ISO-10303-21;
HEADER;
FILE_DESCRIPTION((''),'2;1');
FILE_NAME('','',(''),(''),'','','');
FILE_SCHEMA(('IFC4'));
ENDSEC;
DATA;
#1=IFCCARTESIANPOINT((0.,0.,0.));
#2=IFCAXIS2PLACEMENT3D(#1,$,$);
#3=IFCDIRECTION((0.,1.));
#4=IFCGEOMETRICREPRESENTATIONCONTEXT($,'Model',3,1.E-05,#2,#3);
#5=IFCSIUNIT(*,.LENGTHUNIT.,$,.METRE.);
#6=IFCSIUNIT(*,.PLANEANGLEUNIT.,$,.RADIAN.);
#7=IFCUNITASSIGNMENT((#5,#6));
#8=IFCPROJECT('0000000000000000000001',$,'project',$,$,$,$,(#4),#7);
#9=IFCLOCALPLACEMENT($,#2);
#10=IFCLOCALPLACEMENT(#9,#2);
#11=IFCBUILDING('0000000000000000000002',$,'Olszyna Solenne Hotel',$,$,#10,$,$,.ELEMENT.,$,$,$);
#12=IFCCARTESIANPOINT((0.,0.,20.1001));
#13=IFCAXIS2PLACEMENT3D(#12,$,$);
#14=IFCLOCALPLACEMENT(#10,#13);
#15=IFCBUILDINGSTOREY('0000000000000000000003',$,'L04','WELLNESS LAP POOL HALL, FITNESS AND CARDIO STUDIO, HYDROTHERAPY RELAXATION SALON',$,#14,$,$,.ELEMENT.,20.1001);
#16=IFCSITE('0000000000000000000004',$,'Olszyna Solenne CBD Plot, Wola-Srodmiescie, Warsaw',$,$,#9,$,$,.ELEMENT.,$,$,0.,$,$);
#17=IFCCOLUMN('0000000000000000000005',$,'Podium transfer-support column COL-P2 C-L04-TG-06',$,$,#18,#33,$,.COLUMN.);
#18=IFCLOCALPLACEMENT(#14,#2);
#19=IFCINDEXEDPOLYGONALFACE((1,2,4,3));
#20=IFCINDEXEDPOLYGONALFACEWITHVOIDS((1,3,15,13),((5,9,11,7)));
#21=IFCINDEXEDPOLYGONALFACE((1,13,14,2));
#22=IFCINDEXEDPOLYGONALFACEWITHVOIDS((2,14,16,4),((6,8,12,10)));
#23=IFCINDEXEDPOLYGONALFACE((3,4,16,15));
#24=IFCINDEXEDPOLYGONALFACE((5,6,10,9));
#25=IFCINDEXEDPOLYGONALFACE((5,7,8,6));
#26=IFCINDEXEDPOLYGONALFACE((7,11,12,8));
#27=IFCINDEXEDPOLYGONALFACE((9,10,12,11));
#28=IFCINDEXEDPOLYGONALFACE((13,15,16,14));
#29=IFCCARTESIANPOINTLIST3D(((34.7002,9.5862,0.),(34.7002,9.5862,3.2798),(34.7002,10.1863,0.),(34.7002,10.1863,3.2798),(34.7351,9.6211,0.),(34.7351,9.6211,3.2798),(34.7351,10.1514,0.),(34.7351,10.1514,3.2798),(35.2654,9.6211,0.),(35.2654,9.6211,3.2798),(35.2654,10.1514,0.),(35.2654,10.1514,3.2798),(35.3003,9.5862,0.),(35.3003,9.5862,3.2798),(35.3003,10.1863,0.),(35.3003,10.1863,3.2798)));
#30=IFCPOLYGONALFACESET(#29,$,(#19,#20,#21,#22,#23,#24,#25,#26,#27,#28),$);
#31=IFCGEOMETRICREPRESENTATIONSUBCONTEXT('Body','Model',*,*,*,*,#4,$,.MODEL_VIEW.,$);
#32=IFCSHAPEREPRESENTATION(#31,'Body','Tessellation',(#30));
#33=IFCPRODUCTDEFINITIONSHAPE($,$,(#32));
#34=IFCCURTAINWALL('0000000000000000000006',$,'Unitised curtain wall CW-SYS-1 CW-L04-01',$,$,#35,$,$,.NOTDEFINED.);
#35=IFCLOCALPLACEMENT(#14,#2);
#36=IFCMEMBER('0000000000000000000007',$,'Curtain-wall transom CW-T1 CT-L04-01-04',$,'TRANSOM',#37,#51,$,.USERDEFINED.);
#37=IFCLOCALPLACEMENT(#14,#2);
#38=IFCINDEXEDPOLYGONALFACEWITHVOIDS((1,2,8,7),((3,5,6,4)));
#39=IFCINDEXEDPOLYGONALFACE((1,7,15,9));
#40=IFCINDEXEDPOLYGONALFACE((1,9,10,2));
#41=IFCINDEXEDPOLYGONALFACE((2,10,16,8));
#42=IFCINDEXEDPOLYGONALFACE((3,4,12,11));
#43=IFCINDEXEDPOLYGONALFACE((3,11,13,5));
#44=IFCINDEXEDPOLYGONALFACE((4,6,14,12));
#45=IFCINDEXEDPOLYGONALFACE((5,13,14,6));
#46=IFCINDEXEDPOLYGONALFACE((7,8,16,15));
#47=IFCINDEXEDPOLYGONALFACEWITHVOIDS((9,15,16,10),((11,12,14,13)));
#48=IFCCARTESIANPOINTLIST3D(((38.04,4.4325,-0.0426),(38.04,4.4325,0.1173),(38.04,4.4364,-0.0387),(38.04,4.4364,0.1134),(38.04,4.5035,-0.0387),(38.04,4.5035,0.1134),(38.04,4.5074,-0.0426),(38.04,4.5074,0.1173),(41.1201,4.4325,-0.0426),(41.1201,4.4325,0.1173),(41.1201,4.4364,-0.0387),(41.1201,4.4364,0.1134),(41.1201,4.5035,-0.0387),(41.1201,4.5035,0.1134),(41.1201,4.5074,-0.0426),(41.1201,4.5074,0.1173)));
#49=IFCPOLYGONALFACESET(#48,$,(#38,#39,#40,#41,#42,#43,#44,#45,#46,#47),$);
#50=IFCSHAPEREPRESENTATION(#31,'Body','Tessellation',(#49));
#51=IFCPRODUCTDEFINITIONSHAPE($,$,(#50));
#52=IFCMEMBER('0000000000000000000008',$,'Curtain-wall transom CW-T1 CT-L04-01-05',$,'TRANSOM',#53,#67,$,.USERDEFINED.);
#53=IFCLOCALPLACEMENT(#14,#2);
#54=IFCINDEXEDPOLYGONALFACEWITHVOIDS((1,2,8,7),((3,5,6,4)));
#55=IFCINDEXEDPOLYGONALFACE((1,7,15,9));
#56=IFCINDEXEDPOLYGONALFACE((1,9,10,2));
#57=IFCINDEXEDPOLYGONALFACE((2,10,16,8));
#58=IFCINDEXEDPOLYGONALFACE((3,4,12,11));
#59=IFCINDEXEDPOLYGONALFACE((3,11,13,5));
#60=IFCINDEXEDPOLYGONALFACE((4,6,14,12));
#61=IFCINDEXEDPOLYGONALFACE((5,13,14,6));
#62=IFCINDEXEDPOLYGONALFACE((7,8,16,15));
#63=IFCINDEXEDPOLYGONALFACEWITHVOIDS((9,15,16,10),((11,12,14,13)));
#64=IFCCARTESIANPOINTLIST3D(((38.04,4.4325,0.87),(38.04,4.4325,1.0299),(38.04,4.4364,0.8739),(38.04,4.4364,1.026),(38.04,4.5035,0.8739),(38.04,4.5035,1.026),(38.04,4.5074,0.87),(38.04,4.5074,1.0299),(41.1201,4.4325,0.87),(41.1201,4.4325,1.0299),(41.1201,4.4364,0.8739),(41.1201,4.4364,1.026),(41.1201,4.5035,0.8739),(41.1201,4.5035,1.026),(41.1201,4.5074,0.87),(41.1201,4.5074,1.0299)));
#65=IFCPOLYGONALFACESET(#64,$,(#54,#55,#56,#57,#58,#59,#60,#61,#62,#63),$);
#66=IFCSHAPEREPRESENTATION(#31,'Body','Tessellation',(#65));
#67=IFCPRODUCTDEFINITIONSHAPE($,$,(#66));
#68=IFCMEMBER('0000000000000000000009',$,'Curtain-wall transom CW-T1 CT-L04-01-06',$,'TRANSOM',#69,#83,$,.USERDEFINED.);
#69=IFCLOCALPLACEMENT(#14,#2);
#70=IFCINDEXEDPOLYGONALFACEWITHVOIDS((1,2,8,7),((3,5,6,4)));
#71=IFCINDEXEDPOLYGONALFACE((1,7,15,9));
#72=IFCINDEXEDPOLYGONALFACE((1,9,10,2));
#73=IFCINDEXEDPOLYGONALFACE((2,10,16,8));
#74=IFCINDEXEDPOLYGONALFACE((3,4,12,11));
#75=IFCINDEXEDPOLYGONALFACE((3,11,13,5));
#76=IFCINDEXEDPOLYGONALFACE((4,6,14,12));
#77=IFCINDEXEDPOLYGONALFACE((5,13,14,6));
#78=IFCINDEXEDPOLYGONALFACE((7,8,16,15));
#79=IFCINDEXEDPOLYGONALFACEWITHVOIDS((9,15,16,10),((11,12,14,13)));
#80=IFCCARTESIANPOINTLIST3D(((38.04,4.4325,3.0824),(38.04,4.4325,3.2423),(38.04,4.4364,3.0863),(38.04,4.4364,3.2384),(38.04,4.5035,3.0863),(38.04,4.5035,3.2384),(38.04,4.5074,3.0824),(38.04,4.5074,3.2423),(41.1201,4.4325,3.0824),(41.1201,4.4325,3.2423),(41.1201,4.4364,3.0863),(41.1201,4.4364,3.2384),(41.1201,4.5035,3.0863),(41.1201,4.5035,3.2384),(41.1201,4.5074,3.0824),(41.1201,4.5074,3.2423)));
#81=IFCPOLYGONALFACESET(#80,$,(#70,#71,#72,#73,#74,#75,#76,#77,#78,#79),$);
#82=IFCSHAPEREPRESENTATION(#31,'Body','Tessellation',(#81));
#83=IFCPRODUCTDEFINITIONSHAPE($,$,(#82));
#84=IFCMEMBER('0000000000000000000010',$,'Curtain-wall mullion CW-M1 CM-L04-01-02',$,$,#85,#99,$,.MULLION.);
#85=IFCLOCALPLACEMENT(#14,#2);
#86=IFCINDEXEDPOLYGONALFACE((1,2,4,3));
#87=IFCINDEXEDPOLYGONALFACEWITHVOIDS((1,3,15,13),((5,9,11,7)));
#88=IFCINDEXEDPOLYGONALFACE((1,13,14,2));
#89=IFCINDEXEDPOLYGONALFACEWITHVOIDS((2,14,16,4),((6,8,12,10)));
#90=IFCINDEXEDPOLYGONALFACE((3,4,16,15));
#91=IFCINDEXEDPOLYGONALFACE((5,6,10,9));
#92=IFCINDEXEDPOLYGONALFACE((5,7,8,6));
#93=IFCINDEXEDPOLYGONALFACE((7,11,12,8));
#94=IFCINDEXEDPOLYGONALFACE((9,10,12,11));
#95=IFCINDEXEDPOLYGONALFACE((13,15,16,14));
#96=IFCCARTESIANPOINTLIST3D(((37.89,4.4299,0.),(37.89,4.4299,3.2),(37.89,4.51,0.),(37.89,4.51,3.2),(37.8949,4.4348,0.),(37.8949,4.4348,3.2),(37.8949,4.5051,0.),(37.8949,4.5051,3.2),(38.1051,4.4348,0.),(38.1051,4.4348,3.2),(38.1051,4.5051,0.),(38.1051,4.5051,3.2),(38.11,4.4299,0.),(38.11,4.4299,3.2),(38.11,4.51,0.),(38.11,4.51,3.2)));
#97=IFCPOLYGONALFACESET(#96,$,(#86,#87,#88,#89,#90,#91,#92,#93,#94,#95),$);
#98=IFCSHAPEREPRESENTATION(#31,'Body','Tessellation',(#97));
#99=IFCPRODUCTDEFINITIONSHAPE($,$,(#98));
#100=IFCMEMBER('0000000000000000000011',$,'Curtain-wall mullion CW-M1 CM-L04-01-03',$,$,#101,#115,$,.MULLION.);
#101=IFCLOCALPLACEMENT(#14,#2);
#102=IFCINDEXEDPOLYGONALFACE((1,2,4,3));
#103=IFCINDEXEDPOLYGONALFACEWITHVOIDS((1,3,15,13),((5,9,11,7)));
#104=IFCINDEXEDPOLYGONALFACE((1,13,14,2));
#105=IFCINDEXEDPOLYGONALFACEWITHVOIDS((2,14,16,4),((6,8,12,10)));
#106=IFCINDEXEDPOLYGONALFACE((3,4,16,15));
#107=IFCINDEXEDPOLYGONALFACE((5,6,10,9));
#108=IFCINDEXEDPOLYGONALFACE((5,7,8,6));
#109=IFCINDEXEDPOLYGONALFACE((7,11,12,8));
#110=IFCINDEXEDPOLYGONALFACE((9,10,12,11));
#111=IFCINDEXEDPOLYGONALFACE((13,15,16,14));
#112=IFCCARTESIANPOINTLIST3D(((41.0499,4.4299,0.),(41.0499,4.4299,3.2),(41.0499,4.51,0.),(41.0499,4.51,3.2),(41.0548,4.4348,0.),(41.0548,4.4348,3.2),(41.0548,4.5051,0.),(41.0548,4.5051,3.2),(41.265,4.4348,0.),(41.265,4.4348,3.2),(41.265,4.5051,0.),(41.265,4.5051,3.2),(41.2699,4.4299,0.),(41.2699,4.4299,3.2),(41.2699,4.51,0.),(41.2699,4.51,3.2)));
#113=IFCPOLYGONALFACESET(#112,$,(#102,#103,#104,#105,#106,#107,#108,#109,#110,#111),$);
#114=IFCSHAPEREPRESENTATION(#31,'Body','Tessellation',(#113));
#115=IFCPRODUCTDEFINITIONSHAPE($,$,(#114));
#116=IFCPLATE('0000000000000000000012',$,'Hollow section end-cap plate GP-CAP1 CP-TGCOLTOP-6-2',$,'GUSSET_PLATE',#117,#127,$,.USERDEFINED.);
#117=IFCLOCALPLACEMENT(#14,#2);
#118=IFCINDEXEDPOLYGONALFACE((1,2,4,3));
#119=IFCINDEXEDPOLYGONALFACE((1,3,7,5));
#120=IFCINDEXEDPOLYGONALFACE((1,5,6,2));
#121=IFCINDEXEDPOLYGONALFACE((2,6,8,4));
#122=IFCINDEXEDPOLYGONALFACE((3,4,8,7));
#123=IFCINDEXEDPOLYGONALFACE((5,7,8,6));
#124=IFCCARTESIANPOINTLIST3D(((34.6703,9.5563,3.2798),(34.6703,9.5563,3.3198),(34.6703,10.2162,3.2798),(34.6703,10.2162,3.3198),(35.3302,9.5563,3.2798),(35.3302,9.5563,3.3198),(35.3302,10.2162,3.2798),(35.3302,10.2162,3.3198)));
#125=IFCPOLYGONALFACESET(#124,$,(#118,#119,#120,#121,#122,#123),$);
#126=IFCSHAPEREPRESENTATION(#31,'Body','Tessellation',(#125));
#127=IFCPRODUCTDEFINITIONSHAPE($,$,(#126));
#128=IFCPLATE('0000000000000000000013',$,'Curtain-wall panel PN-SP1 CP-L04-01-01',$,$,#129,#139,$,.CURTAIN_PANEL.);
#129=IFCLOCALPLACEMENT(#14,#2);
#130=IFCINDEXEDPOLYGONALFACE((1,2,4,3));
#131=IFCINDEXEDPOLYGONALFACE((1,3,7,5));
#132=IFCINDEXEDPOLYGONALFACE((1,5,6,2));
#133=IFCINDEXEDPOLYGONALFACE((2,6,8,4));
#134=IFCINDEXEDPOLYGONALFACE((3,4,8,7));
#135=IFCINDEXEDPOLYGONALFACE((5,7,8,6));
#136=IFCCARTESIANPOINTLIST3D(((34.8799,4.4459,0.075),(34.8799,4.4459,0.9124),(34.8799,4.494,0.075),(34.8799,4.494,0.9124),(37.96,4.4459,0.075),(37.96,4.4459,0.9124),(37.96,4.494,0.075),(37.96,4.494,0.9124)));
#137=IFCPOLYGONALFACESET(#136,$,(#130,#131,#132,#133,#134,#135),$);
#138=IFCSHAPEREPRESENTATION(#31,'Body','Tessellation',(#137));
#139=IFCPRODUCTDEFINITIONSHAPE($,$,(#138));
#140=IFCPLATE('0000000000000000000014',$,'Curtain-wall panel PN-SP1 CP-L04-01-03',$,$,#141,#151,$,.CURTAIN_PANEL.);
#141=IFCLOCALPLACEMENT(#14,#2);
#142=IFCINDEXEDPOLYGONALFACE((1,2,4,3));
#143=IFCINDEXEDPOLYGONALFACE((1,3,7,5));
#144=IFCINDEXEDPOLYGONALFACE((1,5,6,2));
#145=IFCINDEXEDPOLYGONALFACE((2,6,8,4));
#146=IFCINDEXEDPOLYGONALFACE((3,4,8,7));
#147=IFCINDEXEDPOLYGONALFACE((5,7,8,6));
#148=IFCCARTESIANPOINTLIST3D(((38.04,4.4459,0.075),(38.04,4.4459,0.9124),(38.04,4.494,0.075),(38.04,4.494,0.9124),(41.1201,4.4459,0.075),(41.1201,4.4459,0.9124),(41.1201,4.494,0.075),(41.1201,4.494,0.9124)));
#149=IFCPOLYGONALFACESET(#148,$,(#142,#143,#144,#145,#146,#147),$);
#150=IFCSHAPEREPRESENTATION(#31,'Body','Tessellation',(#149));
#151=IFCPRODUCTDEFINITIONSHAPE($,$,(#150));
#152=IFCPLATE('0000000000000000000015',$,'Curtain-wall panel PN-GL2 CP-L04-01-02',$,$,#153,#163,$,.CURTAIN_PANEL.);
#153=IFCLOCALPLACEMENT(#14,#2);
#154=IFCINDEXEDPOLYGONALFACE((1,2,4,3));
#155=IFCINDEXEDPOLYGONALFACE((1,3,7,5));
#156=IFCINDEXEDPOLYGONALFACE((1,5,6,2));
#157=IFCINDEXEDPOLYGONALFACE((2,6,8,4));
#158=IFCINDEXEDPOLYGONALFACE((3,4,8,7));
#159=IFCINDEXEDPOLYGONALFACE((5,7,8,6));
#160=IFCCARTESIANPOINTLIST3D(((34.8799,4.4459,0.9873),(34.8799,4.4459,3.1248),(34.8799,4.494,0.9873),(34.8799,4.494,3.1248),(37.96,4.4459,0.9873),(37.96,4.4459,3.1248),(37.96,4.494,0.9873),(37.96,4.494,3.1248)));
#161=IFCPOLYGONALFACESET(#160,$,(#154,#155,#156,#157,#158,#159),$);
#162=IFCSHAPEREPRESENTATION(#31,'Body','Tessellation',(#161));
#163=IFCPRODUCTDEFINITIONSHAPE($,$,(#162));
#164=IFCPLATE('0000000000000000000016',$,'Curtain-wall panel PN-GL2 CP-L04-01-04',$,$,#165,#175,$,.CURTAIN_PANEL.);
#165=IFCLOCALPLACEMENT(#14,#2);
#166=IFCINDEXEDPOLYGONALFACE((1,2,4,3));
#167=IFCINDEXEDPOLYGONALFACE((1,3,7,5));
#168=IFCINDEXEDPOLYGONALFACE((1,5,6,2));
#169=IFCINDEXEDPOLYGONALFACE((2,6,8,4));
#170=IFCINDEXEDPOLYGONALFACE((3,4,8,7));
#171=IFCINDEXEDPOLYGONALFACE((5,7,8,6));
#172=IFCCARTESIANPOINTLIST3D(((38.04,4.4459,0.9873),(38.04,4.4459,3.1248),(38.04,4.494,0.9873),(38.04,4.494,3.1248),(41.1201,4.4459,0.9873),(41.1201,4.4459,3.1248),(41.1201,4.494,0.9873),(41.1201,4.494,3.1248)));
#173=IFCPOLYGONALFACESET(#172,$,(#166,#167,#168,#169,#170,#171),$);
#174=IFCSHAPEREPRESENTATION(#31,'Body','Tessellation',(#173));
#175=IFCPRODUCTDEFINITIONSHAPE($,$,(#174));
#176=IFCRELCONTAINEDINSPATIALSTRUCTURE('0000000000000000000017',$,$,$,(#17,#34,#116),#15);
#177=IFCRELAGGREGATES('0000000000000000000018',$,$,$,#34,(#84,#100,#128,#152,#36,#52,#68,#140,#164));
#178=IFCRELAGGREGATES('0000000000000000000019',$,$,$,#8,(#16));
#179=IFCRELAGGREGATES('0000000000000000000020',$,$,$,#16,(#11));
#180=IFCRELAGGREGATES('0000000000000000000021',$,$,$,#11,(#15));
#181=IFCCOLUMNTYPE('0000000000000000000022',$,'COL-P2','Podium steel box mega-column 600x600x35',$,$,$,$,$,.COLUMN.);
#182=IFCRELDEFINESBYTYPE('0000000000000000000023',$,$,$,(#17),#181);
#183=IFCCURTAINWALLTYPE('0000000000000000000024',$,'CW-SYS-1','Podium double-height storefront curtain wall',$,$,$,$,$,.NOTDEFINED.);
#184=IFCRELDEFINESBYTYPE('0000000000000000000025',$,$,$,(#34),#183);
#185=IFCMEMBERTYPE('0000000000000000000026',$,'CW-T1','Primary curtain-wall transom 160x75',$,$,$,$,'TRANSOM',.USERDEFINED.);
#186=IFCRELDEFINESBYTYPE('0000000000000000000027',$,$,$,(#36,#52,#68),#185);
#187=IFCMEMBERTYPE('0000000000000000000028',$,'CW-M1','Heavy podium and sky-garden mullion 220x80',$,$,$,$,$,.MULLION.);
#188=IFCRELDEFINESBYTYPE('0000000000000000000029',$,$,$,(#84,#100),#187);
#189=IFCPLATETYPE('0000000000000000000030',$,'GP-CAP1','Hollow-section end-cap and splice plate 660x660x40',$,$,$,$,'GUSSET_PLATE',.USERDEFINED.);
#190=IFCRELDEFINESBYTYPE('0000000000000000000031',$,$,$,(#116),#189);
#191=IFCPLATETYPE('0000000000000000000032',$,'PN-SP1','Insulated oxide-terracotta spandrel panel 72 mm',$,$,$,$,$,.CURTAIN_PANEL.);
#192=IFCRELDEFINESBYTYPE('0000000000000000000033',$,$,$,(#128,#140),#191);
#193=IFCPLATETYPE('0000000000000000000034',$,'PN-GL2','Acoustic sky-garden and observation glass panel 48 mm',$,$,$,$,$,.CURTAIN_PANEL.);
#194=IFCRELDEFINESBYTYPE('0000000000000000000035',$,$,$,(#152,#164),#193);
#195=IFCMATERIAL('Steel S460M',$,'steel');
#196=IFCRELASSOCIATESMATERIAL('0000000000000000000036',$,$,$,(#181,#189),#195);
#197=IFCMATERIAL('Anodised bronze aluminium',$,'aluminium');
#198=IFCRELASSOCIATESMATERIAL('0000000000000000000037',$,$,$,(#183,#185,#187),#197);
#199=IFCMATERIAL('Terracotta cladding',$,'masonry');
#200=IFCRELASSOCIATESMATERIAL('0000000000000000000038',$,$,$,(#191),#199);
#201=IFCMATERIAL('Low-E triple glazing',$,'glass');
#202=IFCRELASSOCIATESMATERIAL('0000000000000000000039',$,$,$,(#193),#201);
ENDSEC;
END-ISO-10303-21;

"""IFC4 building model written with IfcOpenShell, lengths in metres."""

from ifc_helpers import new_model, si_unit, direction, frame, origin, origin_2d, place, context, subcontext, project, spatial, rectangle, hollow_rectangle, extrude, source, transform, mapped, material, material_profile, profile_set, type_object, element, aggregate, save


model = new_model("IFC4")

# Units and contexts
model_context = context("Model", 3, precision=1e-05, world=origin(), true_north=direction((0.0, 1.0)))
body_context = subcontext(model_context, "Body", "Model", "MODEL_VIEW")
ifc_project = project(units=[si_unit("LENGTHUNIT", "METRE"), si_unit("PLANEANGLEUNIT", "RADIAN")], contexts=[model_context])

# Site, building, storey
site_placement = place(None, origin())
site = spatial("IfcSite", under=ifc_project, at=site_placement, Name="Olszyna Solenne CBD Plot, Wola-Srodmiescie, Warsaw", CompositionType="ELEMENT", RefElevation=0.0)
building_placement = place(site_placement, origin())
building = spatial("IfcBuilding", under=site, at=building_placement, Name="Olszyna Solenne Hotel", CompositionType="ELEMENT")
storey_placement = place(building_placement, frame((0.0, 0.0, 20.1001)))
storey = spatial("IfcBuildingStorey", under=building, at=storey_placement, Name="L04", Description="WELLNESS LAP POOL HALL, FITNESS AND CARDIO STUDIO, HYDROTHERAPY RELAXATION SALON", CompositionType="ELEMENT", Elevation=20.1001)

# Column
ifc_material_1 = material(Name="Steel S460M", Category="steel")
ifc_material_profile_1 = material_profile(ifc_material_1, hollow_rectangle(XDim=0.6001, YDim=0.6001, WallThickness=0.0349, at=origin_2d()), Name="SHS 600x600x35", Category="load-bearing")
ifc_profile_set_1 = profile_set([ifc_material_profile_1], Name="Steel S460M")
column_type = type_object("IfcColumnType", Name="COL-P2", Description="Podium steel box mega-column 600x600x35", PredefinedType="COLUMN", material=ifc_profile_set_1)
shared_shape_1 = source(origin(), body_context, "Body", "SweptSolid", [
    extrude(hollow_rectangle(XDim=0.6001, YDim=0.6001, WallThickness=0.0349, at=origin_2d()), origin(), (0.0, 0.0, 1.0), 3.2798),
])
column_placement = place(storey_placement, frame((35.0002, 9.8862, 0.0), z_axis=(0.0, 0.0, 1.0), x_axis=(1.0, 0.0, 0.0)))
element("IfcColumn", 1, at=column_placement, inside=storey, type_object=column_type, Name="Podium transfer-support column COL-P2 C-L04-TG-06", PredefinedType="COLUMN", context=body_context, shape_type="MappedRepresentation", body=[
    mapped(shared_shape_1, transform((0.0, 0.0, 0.0), x_axis=(1.0, 0.0, 0.0), y_axis=(0.0, 1.0, 0.0), z_axis=(0.0, 0.0, 1.0), scale=1.0)),
])

# Curtain wall, members
ifc_material_2 = material(Name="Anodised bronze aluminium", Category="aluminium")
curtain_wall_type = type_object("IfcCurtainWallType", Name="CW-SYS-1", Description="Podium double-height storefront curtain wall", PredefinedType="NOTDEFINED", material=ifc_material_2)
curtain_wall_placement = place(storey_placement, origin())
curtain_wall = element("IfcCurtainWall", 2, at=curtain_wall_placement, inside=storey, type_object=curtain_wall_type, Name="Unitised curtain wall CW-SYS-1 CW-L04-01", PredefinedType="NOTDEFINED")
ifc_material_profile_2 = material_profile(ifc_material_2, hollow_rectangle(XDim=0.075, YDim=0.1599, WallThickness=0.0039, at=origin_2d()), Name="TRAN 160x75x4", Category="load-bearing")
ifc_profile_set_2 = profile_set([ifc_material_profile_2], Name="Anodised bronze aluminium")
member_type_1 = type_object("IfcMemberType", Name="CW-T1", Description="Primary curtain-wall transom 160x75", ElementType="TRANSOM", PredefinedType="USERDEFINED", material=ifc_profile_set_2)
shared_shape_2 = source(origin(), body_context, "Body", "SweptSolid", [
    extrude(hollow_rectangle(XDim=0.075, YDim=0.1599, WallThickness=0.0039, at=origin_2d()), origin(), (0.0, 0.0, 1.0), 3.0801),
])
member_1_placement = place(storey_placement, frame((38.04, 4.47, 0.0374), z_axis=(1.0, 0.0, 0.0), x_axis=(0.0, 1.0, 0.0)))
member_1 = element("IfcMember", 3, at=member_1_placement, type_object=member_type_1, Name="Curtain-wall transom CW-T1 CT-L04-01-04", ObjectType="TRANSOM", PredefinedType="USERDEFINED", context=body_context, shape_type="MappedRepresentation", body=[
    mapped(shared_shape_2, transform((0.0, 0.0, 0.0), x_axis=(1.0, 0.0, 0.0), y_axis=(0.0, 1.0, 0.0), z_axis=(0.0, 0.0, 1.0), scale=1.0)),
])
member_2_placement = place(storey_placement, frame((38.04, 4.47, 0.95), z_axis=(1.0, 0.0, 0.0), x_axis=(0.0, 1.0, 0.0)))
member_2 = element("IfcMember", 4, at=member_2_placement, type_object=member_type_1, Name="Curtain-wall transom CW-T1 CT-L04-01-05", ObjectType="TRANSOM", PredefinedType="USERDEFINED", context=body_context, shape_type="MappedRepresentation", body=[
    mapped(shared_shape_2, transform((0.0, 0.0, 0.0), x_axis=(1.0, 0.0, 0.0), y_axis=(0.0, 1.0, 0.0), z_axis=(0.0, 0.0, 1.0), scale=1.0)),
])
member_3_placement = place(storey_placement, frame((38.04, 4.47, 3.1624), z_axis=(1.0, 0.0, 0.0), x_axis=(0.0, 1.0, 0.0)))
member_3 = element("IfcMember", 5, at=member_3_placement, type_object=member_type_1, Name="Curtain-wall transom CW-T1 CT-L04-01-06", ObjectType="TRANSOM", PredefinedType="USERDEFINED", context=body_context, shape_type="MappedRepresentation", body=[
    mapped(shared_shape_2, transform((0.0, 0.0, 0.0), x_axis=(1.0, 0.0, 0.0), y_axis=(0.0, 1.0, 0.0), z_axis=(0.0, 0.0, 1.0), scale=1.0)),
])
ifc_material_profile_3 = material_profile(ifc_material_2, hollow_rectangle(XDim=0.0801, YDim=0.22, WallThickness=0.0049, at=origin_2d()), Name="MULL 220x80x5", Category="load-bearing")
ifc_profile_set_3 = profile_set([ifc_material_profile_3], Name="Anodised bronze aluminium")
member_type_2 = type_object("IfcMemberType", Name="CW-M1", Description="Heavy podium and sky-garden mullion 220x80", PredefinedType="MULLION", material=ifc_profile_set_3)
shared_shape_3 = source(origin(), body_context, "Body", "SweptSolid", [
    extrude(hollow_rectangle(XDim=0.0801, YDim=0.22, WallThickness=0.0049, at=origin_2d()), origin(), (0.0, 0.0, 1.0), 3.2),
])
member_4_placement = place(storey_placement, frame((38.0, 4.47, 0.0), z_axis=(0.0, 0.0, 1.0), x_axis=(0.0, 1.0, 0.0)))
member_4 = element("IfcMember", 6, at=member_4_placement, type_object=member_type_2, Name="Curtain-wall mullion CW-M1 CM-L04-01-02", PredefinedType="MULLION", context=body_context, shape_type="MappedRepresentation", body=[
    mapped(shared_shape_3, transform((0.0, 0.0, 0.0), x_axis=(1.0, 0.0, 0.0), y_axis=(0.0, 1.0, 0.0), z_axis=(0.0, 0.0, 1.0), scale=1.0)),
])
member_5_placement = place(storey_placement, frame((41.1599, 4.47, 0.0), z_axis=(0.0, 0.0, 1.0), x_axis=(0.0, 1.0, 0.0)))
member_5 = element("IfcMember", 7, at=member_5_placement, type_object=member_type_2, Name="Curtain-wall mullion CW-M1 CM-L04-01-03", PredefinedType="MULLION", context=body_context, shape_type="MappedRepresentation", body=[
    mapped(shared_shape_3, transform((0.0, 0.0, 0.0), x_axis=(1.0, 0.0, 0.0), y_axis=(0.0, 1.0, 0.0), z_axis=(0.0, 0.0, 1.0), scale=1.0)),
])

# Plates
plate_type_1 = type_object("IfcPlateType", Name="GP-CAP1", Description="Hollow-section end-cap and splice plate 660x660x40", ElementType="GUSSET_PLATE", PredefinedType="USERDEFINED", material=ifc_material_1)
shared_shape_4 = source(origin(), body_context, "Body", "SweptSolid", [
    extrude(rectangle(XDim=0.6599, YDim=0.6599, at=origin_2d()), origin(), (0.0, 0.0, 1.0), 0.04),
])
plate_1_placement = place(storey_placement, frame((35.0002, 9.8862, 3.2798), z_axis=(0.0, 0.0, 1.0), x_axis=(1.0, 0.0, 0.0)))
element("IfcPlate", 8, at=plate_1_placement, inside=storey, type_object=plate_type_1, Name="Hollow section end-cap plate GP-CAP1 CP-TGCOLTOP-6-2", ObjectType="GUSSET_PLATE", PredefinedType="USERDEFINED", context=body_context, shape_type="MappedRepresentation", body=[
    mapped(shared_shape_4, transform((0.0, 0.0, 0.0), x_axis=(1.0, 0.0, 0.0), y_axis=(0.0, 1.0, 0.0), z_axis=(0.0, 0.0, 1.0), scale=1.0)),
])
ifc_material_3 = material(Name="Terracotta cladding", Category="masonry")
plate_type_2 = type_object("IfcPlateType", Name="PN-SP1", Description="Insulated oxide-terracotta spandrel panel 72 mm", PredefinedType="CURTAIN_PANEL", material=ifc_material_3)
shared_shape_5 = source(origin(), body_context, "Body", "SweptSolid", [
    extrude(rectangle(XDim=3.0801, YDim=0.0481, at=origin_2d()), origin(), (0.0, 0.0, 1.0), 0.8374),
])
plate_2_placement = place(storey_placement, frame((36.4199, 4.47, 0.075), z_axis=(0.0, 0.0, 1.0), x_axis=(1.0, 0.0, 0.0)))
plate_2 = element("IfcPlate", 9, at=plate_2_placement, type_object=plate_type_2, Name="Curtain-wall panel PN-SP1 CP-L04-01-01", PredefinedType="CURTAIN_PANEL", context=body_context, shape_type="MappedRepresentation", body=[
    mapped(shared_shape_5, transform((0.0, 0.0, 0.0), x_axis=(1.0, 0.0, 0.0), y_axis=(0.0, 1.0, 0.0), z_axis=(0.0, 0.0, 1.0), scale=1.0)),
])
plate_3_placement = place(storey_placement, frame((39.5801, 4.47, 0.075), z_axis=(0.0, 0.0, 1.0), x_axis=(1.0, 0.0, 0.0)))
plate_3 = element("IfcPlate", 10, at=plate_3_placement, type_object=plate_type_2, Name="Curtain-wall panel PN-SP1 CP-L04-01-03", PredefinedType="CURTAIN_PANEL", context=body_context, shape_type="MappedRepresentation", body=[
    mapped(shared_shape_5, transform((0.0, 0.0, 0.0), x_axis=(1.0, 0.0, 0.0), y_axis=(0.0, 1.0, 0.0), z_axis=(0.0, 0.0, 1.0), scale=1.0)),
])
ifc_material_4 = material(Name="Low-E triple glazing", Category="glass")
plate_type_3 = type_object("IfcPlateType", Name="PN-GL2", Description="Acoustic sky-garden and observation glass panel 48 mm", PredefinedType="CURTAIN_PANEL", material=ifc_material_4)
shared_shape_6 = source(origin(), body_context, "Body", "SweptSolid", [
    extrude(rectangle(XDim=3.0801, YDim=0.0481, at=origin_2d()), origin(), (0.0, 0.0, 1.0), 2.1375),
])
plate_4_placement = place(storey_placement, frame((36.4199, 4.47, 0.9873), z_axis=(0.0, 0.0, 1.0), x_axis=(1.0, 0.0, 0.0)))
plate_4 = element("IfcPlate", 11, at=plate_4_placement, type_object=plate_type_3, Name="Curtain-wall panel PN-GL2 CP-L04-01-02", PredefinedType="CURTAIN_PANEL", context=body_context, shape_type="MappedRepresentation", body=[
    mapped(shared_shape_6, transform((0.0, 0.0, 0.0), x_axis=(1.0, 0.0, 0.0), y_axis=(0.0, 1.0, 0.0), z_axis=(0.0, 0.0, 1.0), scale=1.0)),
])
plate_5_placement = place(storey_placement, frame((39.5801, 4.47, 0.9873), z_axis=(0.0, 0.0, 1.0), x_axis=(1.0, 0.0, 0.0)))
plate_5 = element("IfcPlate", 12, at=plate_5_placement, type_object=plate_type_3, Name="Curtain-wall panel PN-GL2 CP-L04-01-04", PredefinedType="CURTAIN_PANEL", context=body_context, shape_type="MappedRepresentation", body=[
    mapped(shared_shape_6, transform((0.0, 0.0, 0.0), x_axis=(1.0, 0.0, 0.0), y_axis=(0.0, 1.0, 0.0), z_axis=(0.0, 0.0, 1.0), scale=1.0)),
])
aggregate(curtain_wall, [member_4, member_5, plate_2, plate_4, member_1, member_2, member_3, plate_3, plate_5])

save(model, "model.ifc")
